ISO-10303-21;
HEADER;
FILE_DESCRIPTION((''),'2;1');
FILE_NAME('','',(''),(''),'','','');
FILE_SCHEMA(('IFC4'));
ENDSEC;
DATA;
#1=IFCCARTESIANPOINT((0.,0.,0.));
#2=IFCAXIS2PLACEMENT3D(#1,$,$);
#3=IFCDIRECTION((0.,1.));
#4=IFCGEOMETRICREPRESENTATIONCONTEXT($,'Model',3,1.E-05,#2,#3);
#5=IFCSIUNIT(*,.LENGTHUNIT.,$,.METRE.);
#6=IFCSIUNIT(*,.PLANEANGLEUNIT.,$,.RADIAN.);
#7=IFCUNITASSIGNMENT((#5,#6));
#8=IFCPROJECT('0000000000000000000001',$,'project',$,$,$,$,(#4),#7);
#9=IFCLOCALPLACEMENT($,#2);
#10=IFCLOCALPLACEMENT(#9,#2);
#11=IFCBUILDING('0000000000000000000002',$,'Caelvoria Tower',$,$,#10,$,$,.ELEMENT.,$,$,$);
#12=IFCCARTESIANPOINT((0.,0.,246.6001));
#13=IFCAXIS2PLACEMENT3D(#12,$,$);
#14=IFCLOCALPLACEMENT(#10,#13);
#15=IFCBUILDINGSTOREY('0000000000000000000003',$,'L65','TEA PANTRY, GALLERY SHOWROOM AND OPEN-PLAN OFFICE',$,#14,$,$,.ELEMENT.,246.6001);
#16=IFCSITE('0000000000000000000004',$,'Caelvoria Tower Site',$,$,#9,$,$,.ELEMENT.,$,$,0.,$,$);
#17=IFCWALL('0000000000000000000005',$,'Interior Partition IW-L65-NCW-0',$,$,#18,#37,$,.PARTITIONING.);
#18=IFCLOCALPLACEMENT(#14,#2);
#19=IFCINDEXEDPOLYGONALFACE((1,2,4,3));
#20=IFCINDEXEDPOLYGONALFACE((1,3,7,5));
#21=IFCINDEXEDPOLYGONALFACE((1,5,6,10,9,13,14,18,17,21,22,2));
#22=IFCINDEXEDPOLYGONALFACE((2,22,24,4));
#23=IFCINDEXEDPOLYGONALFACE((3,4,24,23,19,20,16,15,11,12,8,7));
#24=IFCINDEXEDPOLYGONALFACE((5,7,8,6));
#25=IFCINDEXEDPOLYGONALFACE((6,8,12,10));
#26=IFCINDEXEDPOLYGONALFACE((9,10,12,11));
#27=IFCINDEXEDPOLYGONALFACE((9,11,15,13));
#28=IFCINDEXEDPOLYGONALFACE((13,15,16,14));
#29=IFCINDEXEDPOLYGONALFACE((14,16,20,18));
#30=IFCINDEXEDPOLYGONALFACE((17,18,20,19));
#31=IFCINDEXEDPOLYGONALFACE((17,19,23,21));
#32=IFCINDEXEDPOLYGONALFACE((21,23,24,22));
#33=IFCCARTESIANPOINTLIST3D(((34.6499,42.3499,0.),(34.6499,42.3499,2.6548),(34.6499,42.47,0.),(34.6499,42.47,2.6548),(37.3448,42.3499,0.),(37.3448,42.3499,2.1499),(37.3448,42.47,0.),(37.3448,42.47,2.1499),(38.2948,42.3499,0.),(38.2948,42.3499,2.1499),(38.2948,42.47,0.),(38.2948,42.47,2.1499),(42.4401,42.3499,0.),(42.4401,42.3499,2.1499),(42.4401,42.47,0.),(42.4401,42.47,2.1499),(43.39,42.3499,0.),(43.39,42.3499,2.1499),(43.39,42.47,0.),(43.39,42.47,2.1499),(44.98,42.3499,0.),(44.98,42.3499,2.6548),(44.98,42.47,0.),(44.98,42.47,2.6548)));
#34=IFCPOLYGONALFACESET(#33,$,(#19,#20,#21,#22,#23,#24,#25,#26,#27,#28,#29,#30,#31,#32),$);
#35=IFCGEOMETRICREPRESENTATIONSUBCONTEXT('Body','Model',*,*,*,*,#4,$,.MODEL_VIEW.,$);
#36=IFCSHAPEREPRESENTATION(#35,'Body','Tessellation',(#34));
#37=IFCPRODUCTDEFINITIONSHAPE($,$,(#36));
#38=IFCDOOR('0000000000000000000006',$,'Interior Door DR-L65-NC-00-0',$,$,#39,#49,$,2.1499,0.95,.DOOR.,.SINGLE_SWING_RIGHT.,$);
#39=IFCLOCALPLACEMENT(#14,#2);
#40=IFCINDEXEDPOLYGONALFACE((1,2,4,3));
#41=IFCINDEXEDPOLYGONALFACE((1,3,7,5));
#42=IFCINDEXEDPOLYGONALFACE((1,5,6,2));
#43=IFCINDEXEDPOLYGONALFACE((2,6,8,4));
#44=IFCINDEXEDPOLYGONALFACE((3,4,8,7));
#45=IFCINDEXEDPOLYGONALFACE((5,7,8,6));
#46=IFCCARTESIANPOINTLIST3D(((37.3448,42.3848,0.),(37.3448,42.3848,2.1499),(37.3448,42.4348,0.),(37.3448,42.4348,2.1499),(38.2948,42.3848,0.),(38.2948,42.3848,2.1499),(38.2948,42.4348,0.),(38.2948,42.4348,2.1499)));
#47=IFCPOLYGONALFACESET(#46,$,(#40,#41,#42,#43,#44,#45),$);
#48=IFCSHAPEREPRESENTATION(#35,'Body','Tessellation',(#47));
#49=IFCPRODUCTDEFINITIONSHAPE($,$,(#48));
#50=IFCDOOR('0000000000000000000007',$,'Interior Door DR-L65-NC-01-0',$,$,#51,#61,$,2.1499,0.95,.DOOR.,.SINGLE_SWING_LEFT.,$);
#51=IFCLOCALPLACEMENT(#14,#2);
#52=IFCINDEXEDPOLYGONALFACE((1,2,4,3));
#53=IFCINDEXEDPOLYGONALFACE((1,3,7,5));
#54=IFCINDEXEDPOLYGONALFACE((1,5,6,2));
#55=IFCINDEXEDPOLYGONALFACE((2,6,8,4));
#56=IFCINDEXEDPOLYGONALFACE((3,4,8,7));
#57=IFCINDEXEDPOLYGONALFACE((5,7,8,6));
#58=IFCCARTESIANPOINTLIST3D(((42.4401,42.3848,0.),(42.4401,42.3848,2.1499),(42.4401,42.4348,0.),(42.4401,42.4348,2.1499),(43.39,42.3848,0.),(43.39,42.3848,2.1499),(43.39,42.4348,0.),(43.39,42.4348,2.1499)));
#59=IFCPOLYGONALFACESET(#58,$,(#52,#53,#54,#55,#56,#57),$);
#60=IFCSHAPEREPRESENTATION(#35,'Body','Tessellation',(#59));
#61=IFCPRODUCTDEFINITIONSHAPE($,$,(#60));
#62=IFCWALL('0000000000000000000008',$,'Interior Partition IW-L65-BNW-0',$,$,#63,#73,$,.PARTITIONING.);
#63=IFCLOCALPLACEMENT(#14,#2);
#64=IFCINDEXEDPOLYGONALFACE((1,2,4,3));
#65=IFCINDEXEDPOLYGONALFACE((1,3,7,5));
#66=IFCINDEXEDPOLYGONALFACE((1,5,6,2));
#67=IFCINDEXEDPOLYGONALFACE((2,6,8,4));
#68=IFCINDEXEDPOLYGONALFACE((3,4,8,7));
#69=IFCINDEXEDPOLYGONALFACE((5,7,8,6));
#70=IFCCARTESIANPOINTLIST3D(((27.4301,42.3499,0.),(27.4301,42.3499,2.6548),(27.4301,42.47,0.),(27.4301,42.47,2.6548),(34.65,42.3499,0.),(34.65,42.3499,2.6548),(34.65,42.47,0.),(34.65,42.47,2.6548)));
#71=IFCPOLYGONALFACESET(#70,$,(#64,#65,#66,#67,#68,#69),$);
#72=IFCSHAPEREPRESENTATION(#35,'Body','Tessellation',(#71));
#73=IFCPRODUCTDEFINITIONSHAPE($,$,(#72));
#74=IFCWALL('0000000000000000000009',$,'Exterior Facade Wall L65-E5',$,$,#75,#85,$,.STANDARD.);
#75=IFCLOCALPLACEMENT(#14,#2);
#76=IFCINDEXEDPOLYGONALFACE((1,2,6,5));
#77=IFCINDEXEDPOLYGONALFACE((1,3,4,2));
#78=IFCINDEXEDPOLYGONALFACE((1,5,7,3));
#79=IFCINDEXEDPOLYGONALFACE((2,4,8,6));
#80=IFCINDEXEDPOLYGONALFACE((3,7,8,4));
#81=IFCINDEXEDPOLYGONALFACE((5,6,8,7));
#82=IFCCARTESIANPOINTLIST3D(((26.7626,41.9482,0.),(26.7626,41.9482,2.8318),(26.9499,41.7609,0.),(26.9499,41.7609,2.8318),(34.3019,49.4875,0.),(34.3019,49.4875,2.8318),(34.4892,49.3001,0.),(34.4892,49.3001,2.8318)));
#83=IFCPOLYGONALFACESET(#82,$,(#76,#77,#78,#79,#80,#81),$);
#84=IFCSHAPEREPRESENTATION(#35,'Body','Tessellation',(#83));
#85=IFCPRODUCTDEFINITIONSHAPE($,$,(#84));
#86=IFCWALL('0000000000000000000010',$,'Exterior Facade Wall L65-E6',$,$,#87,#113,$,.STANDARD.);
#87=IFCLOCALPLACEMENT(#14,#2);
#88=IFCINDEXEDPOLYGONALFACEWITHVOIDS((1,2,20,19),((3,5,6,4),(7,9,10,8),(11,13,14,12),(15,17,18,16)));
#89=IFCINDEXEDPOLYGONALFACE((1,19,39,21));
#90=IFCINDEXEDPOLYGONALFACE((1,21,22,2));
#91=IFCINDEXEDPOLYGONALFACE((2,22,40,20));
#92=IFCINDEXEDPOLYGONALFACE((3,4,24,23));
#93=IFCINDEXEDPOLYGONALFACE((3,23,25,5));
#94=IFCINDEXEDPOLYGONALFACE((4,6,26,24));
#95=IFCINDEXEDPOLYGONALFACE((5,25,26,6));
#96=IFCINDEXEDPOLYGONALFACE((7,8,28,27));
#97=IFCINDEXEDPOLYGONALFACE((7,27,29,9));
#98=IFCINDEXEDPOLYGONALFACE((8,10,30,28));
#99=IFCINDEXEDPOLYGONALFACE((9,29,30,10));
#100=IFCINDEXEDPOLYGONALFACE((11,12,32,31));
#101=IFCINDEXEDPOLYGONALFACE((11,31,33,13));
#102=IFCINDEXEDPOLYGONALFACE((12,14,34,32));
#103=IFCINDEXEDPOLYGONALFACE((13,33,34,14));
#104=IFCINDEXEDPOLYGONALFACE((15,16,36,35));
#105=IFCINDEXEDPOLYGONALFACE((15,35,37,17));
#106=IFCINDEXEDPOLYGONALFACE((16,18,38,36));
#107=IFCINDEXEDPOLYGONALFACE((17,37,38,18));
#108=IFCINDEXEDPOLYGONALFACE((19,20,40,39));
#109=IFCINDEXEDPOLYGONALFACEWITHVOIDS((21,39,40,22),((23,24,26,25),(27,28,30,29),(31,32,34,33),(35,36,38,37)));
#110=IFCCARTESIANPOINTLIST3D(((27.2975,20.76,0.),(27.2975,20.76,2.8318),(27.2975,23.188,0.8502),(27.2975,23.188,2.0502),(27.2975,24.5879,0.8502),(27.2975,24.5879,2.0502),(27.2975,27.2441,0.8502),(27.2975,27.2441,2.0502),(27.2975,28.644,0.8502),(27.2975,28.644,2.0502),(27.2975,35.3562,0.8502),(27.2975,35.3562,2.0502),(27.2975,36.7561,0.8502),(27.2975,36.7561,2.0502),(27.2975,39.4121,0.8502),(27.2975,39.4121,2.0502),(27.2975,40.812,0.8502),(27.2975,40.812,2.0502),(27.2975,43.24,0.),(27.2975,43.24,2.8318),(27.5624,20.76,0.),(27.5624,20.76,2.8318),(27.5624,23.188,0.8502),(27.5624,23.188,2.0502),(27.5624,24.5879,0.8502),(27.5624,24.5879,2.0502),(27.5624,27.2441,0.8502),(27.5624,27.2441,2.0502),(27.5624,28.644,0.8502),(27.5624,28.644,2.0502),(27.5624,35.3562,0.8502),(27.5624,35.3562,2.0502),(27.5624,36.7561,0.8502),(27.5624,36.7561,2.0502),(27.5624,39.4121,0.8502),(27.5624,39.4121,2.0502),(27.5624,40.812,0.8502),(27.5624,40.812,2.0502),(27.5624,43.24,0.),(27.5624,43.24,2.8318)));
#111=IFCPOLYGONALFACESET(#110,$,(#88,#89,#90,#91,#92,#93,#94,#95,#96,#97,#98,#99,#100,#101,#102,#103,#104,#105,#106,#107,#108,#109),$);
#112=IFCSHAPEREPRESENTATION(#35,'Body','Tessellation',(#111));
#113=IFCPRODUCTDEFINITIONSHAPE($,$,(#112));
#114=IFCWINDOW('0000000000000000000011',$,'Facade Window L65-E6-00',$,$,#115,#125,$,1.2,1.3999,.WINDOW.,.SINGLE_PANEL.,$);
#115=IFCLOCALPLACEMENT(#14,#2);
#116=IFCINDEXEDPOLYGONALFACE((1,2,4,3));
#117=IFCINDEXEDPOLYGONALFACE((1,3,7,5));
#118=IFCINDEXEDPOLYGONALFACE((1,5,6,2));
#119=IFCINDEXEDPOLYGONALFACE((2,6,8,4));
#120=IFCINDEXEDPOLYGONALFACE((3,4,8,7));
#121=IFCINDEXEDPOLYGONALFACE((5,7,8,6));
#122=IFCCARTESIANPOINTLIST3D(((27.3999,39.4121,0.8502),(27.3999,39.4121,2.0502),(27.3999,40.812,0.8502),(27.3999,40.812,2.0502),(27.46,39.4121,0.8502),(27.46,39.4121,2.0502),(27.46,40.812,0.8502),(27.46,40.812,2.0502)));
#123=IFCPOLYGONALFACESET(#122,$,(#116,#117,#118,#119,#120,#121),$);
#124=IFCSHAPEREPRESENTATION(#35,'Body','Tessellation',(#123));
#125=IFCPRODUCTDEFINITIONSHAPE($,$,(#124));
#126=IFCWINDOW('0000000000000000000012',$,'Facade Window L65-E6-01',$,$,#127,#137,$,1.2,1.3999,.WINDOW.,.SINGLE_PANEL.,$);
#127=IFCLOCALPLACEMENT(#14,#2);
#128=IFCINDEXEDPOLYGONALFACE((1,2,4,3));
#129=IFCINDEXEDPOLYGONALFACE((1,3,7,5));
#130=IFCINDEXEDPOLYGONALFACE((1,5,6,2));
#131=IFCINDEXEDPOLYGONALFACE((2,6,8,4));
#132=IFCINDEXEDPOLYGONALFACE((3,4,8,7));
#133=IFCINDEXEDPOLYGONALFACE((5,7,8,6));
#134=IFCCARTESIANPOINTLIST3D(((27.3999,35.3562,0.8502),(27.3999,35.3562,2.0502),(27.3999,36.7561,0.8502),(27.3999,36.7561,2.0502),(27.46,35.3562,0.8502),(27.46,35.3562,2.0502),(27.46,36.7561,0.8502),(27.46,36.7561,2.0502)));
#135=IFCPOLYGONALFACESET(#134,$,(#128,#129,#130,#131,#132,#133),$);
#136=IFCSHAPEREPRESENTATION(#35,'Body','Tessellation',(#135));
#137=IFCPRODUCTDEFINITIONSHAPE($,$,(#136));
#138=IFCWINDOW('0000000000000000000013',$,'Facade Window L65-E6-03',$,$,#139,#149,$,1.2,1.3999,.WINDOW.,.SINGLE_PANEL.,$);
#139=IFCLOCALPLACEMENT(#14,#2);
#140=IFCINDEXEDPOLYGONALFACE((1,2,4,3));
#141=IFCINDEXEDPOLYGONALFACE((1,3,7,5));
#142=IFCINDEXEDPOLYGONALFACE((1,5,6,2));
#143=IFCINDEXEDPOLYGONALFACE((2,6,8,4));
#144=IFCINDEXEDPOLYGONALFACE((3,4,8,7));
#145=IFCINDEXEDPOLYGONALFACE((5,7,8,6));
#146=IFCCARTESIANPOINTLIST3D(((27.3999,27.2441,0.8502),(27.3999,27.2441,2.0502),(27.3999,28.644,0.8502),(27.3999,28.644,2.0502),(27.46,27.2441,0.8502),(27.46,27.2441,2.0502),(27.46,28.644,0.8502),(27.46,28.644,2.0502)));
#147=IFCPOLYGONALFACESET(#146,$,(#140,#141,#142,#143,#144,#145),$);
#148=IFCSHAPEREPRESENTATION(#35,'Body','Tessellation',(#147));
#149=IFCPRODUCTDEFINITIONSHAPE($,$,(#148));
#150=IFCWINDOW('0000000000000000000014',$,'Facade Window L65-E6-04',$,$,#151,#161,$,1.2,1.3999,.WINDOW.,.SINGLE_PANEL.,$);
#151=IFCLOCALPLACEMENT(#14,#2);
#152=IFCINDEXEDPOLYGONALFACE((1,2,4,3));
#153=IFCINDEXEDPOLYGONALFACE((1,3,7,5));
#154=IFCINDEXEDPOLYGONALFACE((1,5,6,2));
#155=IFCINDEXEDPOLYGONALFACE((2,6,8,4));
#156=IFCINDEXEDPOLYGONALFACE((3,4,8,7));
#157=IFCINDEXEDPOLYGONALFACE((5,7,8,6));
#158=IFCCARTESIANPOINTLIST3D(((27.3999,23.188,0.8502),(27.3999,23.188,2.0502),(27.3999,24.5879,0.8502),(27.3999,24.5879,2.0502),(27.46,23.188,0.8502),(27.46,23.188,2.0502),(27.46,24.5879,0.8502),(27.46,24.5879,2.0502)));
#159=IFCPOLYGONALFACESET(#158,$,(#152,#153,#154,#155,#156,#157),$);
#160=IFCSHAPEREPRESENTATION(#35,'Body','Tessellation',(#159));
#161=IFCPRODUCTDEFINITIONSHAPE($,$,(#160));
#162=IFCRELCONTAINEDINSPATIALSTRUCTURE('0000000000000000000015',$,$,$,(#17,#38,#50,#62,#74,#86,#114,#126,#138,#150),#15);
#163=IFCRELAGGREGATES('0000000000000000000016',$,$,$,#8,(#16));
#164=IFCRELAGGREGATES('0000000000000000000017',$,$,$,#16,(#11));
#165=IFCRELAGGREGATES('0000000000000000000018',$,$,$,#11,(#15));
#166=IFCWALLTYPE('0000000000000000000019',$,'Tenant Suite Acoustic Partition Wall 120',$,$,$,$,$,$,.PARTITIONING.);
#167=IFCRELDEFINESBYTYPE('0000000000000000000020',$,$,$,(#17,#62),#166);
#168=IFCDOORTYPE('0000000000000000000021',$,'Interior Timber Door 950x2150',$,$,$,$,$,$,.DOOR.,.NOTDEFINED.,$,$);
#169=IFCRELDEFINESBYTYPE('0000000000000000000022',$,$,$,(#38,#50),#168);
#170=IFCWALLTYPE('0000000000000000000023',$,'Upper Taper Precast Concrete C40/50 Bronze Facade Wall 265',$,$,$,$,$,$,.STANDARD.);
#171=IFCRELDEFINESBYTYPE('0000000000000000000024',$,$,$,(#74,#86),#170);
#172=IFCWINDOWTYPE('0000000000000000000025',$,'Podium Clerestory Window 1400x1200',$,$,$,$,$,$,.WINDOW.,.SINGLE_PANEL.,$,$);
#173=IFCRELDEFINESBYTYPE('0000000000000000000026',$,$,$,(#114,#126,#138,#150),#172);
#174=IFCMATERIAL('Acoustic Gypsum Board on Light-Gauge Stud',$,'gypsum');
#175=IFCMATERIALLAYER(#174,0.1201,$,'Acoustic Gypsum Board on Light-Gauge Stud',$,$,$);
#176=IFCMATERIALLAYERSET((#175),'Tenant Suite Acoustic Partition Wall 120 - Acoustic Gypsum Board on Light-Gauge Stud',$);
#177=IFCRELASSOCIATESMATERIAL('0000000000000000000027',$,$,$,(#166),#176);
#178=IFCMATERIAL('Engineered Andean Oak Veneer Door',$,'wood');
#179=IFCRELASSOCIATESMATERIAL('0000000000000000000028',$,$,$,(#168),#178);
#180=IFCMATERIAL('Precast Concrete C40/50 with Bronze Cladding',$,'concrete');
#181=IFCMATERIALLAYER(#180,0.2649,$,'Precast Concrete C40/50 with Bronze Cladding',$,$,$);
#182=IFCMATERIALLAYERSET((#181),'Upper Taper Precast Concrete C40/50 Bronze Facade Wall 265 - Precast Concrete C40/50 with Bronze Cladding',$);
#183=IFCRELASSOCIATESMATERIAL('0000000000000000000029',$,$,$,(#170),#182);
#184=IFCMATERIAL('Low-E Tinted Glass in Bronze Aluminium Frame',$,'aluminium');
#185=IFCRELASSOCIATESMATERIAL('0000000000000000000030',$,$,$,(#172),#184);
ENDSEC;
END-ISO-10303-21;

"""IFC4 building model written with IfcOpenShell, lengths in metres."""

from ifc_helpers import new_model, si_unit, direction, frame, frame_2d, origin, place, context, subcontext, project, spatial, rectangle, extrude, material, layer, layer_set, type_object, element, fill, save


model = new_model("IFC4")

# Units and contexts
model_context = context("Model", 3, precision=1e-05, world=origin(), true_north=direction((0.0, 1.0)))
body_context = subcontext(model_context, "Body", "Model", "MODEL_VIEW")
ifc_project = project(units=[si_unit("LENGTHUNIT", "METRE"), si_unit("PLANEANGLEUNIT", "RADIAN")], contexts=[model_context])

# Site, building, storey
site_placement = place(None, origin())
site = spatial("IfcSite", under=ifc_project, at=site_placement, Name="Caelvoria Tower Site", CompositionType="ELEMENT", RefElevation=0.0)
building_placement = place(site_placement, origin())
building = spatial("IfcBuilding", under=site, at=building_placement, Name="Caelvoria Tower", CompositionType="ELEMENT")
storey_placement = place(building_placement, frame((0.0, 0.0, 246.6001)))
storey = spatial("IfcBuildingStorey", under=building, at=storey_placement, Name="L65", Description="TEA PANTRY, GALLERY SHOWROOM AND OPEN-PLAN OFFICE", CompositionType="ELEMENT", Elevation=246.6001)

# Shared definitions
ifc_material_1 = material(Name="Acoustic Gypsum Board on Light-Gauge Stud", Category="gypsum")
ifc_layer_1 = layer(ifc_material_1, 0.1201, Name="Acoustic Gypsum Board on Light-Gauge Stud")
ifc_layer_set_1 = layer_set([ifc_layer_1], Name="Tenant Suite Acoustic Partition Wall 120 - Acoustic Gypsum Board on Light-Gauge Stud")
wall_type_1 = type_object("IfcWallType", Name="Tenant Suite Acoustic Partition Wall 120", PredefinedType="PARTITIONING", material=ifc_layer_set_1)
ifc_material_2 = material(Name="Engineered Andean Oak Veneer Door", Category="wood")

# Wall, openings, doors
wall_1_placement = place(storey_placement, frame((34.6499, 42.4099, 0.0), z_axis=(0.0, 0.0, 1.0), x_axis=(1.0, 0.0, 0.0)))
wall_1 = element("IfcWall", 1, at=wall_1_placement, inside=storey, type_object=wall_type_1, Name="Interior Partition IW-L65-NCW-0", PredefinedType="PARTITIONING", context=body_context, shape_type="SweptSolid", body=[
    extrude(rectangle(XDim=10.3301, YDim=0.1201, at=frame_2d((5.165, 0.0))), origin(), (0.0, 0.0, 1.0), 2.6548),
])
opening_1_placement = place(wall_1_placement, frame((2.6948, 0.0, 0.0)))
opening_1 = element("IfcOpeningElement", 2, at=opening_1_placement, cuts=wall_1, PredefinedType="OPENING", context=body_context, shape_type="SweptSolid", body=[
    extrude(rectangle(XDim=0.95, YDim=2.1499, at=frame_2d((0.4751, 1.075))), frame((0.0, 0.0701, 0.0), z_axis=(0.0, -1.0, 0.0), x_axis=(1.0, 0.0, 0.0)), (0.0, 0.0, 1.0), 0.1401),
])
opening_2_placement = place(wall_1_placement, frame((7.79, 0.0, 0.0)))
opening_2 = element("IfcOpeningElement", 3, at=opening_2_placement, cuts=wall_1, PredefinedType="OPENING", context=body_context, shape_type="SweptSolid", body=[
    extrude(rectangle(XDim=0.95, YDim=2.1499, at=frame_2d((0.4751, 1.075))), frame((0.0, 0.0701, 0.0), z_axis=(0.0, -1.0, 0.0), x_axis=(1.0, 0.0, 0.0)), (0.0, 0.0, 1.0), 0.1401),
])
door_type_1 = type_object("IfcDoorType", Name="Interior Timber Door 950x2150", OperationType="NOTDEFINED", PredefinedType="DOOR", material=ifc_material_2)
door_1_placement = place(opening_1_placement, origin())
door_1 = element("IfcDoor", 4, at=door_1_placement, inside=storey, type_object=door_type_1, Name="Interior Door DR-L65-NC-00-0", OperationType="SINGLE_SWING_RIGHT", OverallHeight=2.1499, OverallWidth=0.95, PredefinedType="DOOR", context=body_context, shape_type="SweptSolid", body=[
    extrude(rectangle(XDim=0.95, YDim=2.1499, at=frame_2d((0.4751, 1.075))), frame((0.0, 0.0249, 0.0), z_axis=(0.0, -1.0, 0.0), x_axis=(1.0, 0.0, 0.0)), (0.0, 0.0, 1.0), 0.05),
])
fill(opening_1, door_1)
door_2_placement = place(opening_2_placement, origin())
door_2 = element("IfcDoor", 5, at=door_2_placement, inside=storey, type_object=door_type_1, Name="Interior Door DR-L65-NC-01-0", OperationType="SINGLE_SWING_LEFT", OverallHeight=2.1499, OverallWidth=0.95, PredefinedType="DOOR", context=body_context, shape_type="SweptSolid", body=[
    extrude(rectangle(XDim=0.95, YDim=2.1499, at=frame_2d((0.4751, 1.075))), frame((0.0, 0.0249, 0.0), z_axis=(0.0, -1.0, 0.0), x_axis=(1.0, 0.0, 0.0)), (0.0, 0.0, 1.0), 0.05),
])
fill(opening_2, door_2)

# Walls
wall_2_placement = place(storey_placement, frame((34.6499, 42.4099, 0.0), z_axis=(0.0, 0.0, 1.0), x_axis=(-1.0, 0.0, 0.0)))
element("IfcWall", 6, at=wall_2_placement, inside=storey, type_object=wall_type_1, Name="Interior Partition IW-L65-BNW-0", PredefinedType="PARTITIONING", context=body_context, shape_type="SweptSolid", body=[
    extrude(rectangle(XDim=7.22, YDim=0.1201, at=frame_2d((3.6099, 0.0))), origin(), (0.0, 0.0, 1.0), 2.6548),
])
ifc_material_3 = material(Name="Precast Concrete C40/50 with Bronze Cladding", Category="concrete")
ifc_layer_2 = layer(ifc_material_3, 0.2649, Name="Precast Concrete C40/50 with Bronze Cladding")
ifc_layer_set_2 = layer_set([ifc_layer_2], Name="Upper Taper Precast Concrete C40/50 Bronze Facade Wall 265 - Precast Concrete C40/50 with Bronze Cladding")
wall_type_2 = type_object("IfcWallType", Name="Upper Taper Precast Concrete C40/50 Bronze Facade Wall 265", PredefinedType="STANDARD", material=ifc_layer_set_2)
wall_3_placement = place(storey_placement, frame((34.3955, 49.3938, 0.0), z_axis=(0.0, 0.0, 1.0), x_axis=(-0.707107, -0.707107, 0.0)))
element("IfcWall", 7, at=wall_3_placement, inside=storey, type_object=wall_type_2, Name="Exterior Facade Wall L65-E5", PredefinedType="STANDARD", context=body_context, shape_type="SweptSolid", body=[
    extrude(rectangle(XDim=10.6621, YDim=0.2649, at=frame_2d((5.3311, 0.0))), origin(), (0.0, 0.0, 1.0), 2.8318),
])

# Wall, openings, windows
wall_4_placement = place(storey_placement, frame((27.4299, 43.24, 0.0), z_axis=(0.0, 0.0, 1.0), x_axis=(0.0, -1.0, 0.0)))
wall_4 = element("IfcWall", 8, at=wall_4_placement, inside=storey, type_object=wall_type_2, Name="Exterior Facade Wall L65-E6", PredefinedType="STANDARD", context=body_context, shape_type="SweptSolid", body=[
    extrude(rectangle(XDim=22.48, YDim=0.2649, at=frame_2d((11.24, 0.0))), origin(), (0.0, 0.0, 1.0), 2.8318),
])
opening_3_placement = place(wall_4_placement, frame((2.428, 0.0, 0.8501)))
opening_3 = element("IfcOpeningElement", 9, at=opening_3_placement, cuts=wall_4, PredefinedType="OPENING", context=body_context, shape_type="SweptSolid", body=[
    extrude(rectangle(XDim=1.3999, YDim=1.2, at=frame_2d((0.7, 0.6001))), frame((0.0, 0.1423, 0.0), z_axis=(0.0, -1.0, 0.0), x_axis=(1.0, 0.0, 0.0)), (0.0, 0.0, 1.0), 0.2849),
])
opening_4_placement = place(wall_4_placement, frame((6.4839, 0.0, 0.8501)))
opening_4 = element("IfcOpeningElement", 10, at=opening_4_placement, cuts=wall_4, PredefinedType="OPENING", context=body_context, shape_type="SweptSolid", body=[
    extrude(rectangle(XDim=1.3999, YDim=1.2, at=frame_2d((0.7, 0.6001))), frame((0.0, 0.1423, 0.0), z_axis=(0.0, -1.0, 0.0), x_axis=(1.0, 0.0, 0.0)), (0.0, 0.0, 1.0), 0.2849),
])
opening_5_placement = place(wall_4_placement, frame((14.5959, 0.0, 0.8501)))
opening_5 = element("IfcOpeningElement", 11, at=opening_5_placement, cuts=wall_4, PredefinedType="OPENING", context=body_context, shape_type="SweptSolid", body=[
    extrude(rectangle(XDim=1.3999, YDim=1.2, at=frame_2d((0.7, 0.6001))), frame((0.0, 0.1423, 0.0), z_axis=(0.0, -1.0, 0.0), x_axis=(1.0, 0.0, 0.0)), (0.0, 0.0, 1.0), 0.2849),
])
opening_6_placement = place(wall_4_placement, frame((18.6521, 0.0, 0.8501)))
opening_6 = element("IfcOpeningElement", 12, at=opening_6_placement, cuts=wall_4, PredefinedType="OPENING", context=body_context, shape_type="SweptSolid", body=[
    extrude(rectangle(XDim=1.3999, YDim=1.2, at=frame_2d((0.7, 0.6001))), frame((0.0, 0.1423, 0.0), z_axis=(0.0, -1.0, 0.0), x_axis=(1.0, 0.0, 0.0)), (0.0, 0.0, 1.0), 0.2849),
])
ifc_material_4 = material(Name="Low-E Tinted Glass in Bronze Aluminium Frame", Category="aluminium")
window_type = type_object("IfcWindowType", Name="Podium Clerestory Window 1400x1200", PartitioningType="SINGLE_PANEL", PredefinedType="WINDOW", material=ifc_material_4)
window_1_placement = place(opening_3_placement, origin())
window_1 = element("IfcWindow", 13, at=window_1_placement, inside=storey, type_object=window_type, Name="Facade Window L65-E6-00", OverallHeight=1.2, OverallWidth=1.3999, PartitioningType="SINGLE_PANEL", PredefinedType="WINDOW", context=body_context, shape_type="SweptSolid", body=[
    extrude(rectangle(XDim=1.3999, YDim=1.2, at=frame_2d((0.7, 0.6001))), frame((0.0, 0.03, 0.0), z_axis=(0.0, -1.0, 0.0), x_axis=(1.0, 0.0, 0.0)), (0.0, 0.0, 1.0), 0.0601),
])
fill(opening_3, window_1)
window_2_placement = place(opening_4_placement, origin())
window_2 = element("IfcWindow", 14, at=window_2_placement, inside=storey, type_object=window_type, Name="Facade Window L65-E6-01", OverallHeight=1.2, OverallWidth=1.3999, PartitioningType="SINGLE_PANEL", PredefinedType="WINDOW", context=body_context, shape_type="SweptSolid", body=[
    extrude(rectangle(XDim=1.3999, YDim=1.2, at=frame_2d((0.7, 0.6001))), frame((0.0, 0.03, 0.0), z_axis=(0.0, -1.0, 0.0), x_axis=(1.0, 0.0, 0.0)), (0.0, 0.0, 1.0), 0.0601),
])
fill(opening_4, window_2)
window_3_placement = place(opening_5_placement, origin())
window_3 = element("IfcWindow", 15, at=window_3_placement, inside=storey, type_object=window_type, Name="Facade Window L65-E6-03", OverallHeight=1.2, OverallWidth=1.3999, PartitioningType="SINGLE_PANEL", PredefinedType="WINDOW", context=body_context, shape_type="SweptSolid", body=[
    extrude(rectangle(XDim=1.3999, YDim=1.2, at=frame_2d((0.7, 0.6001))), frame((0.0, 0.03, 0.0), z_axis=(0.0, -1.0, 0.0), x_axis=(1.0, 0.0, 0.0)), (0.0, 0.0, 1.0), 0.0601),
])
fill(opening_5, window_3)
window_4_placement = place(opening_6_placement, origin())
window_4 = element("IfcWindow", 16, at=window_4_placement, inside=storey, type_object=window_type, Name="Facade Window L65-E6-04", OverallHeight=1.2, OverallWidth=1.3999, PartitioningType="SINGLE_PANEL", PredefinedType="WINDOW", context=body_context, shape_type="SweptSolid", body=[
    extrude(rectangle(XDim=1.3999, YDim=1.2, at=frame_2d((0.7, 0.6001))), frame((0.0, 0.03, 0.0), z_axis=(0.0, -1.0, 0.0), x_axis=(1.0, 0.0, 0.0)), (0.0, 0.0, 1.0), 0.0601),
])
fill(opening_6, window_4)

save(model, "model.ifc")
